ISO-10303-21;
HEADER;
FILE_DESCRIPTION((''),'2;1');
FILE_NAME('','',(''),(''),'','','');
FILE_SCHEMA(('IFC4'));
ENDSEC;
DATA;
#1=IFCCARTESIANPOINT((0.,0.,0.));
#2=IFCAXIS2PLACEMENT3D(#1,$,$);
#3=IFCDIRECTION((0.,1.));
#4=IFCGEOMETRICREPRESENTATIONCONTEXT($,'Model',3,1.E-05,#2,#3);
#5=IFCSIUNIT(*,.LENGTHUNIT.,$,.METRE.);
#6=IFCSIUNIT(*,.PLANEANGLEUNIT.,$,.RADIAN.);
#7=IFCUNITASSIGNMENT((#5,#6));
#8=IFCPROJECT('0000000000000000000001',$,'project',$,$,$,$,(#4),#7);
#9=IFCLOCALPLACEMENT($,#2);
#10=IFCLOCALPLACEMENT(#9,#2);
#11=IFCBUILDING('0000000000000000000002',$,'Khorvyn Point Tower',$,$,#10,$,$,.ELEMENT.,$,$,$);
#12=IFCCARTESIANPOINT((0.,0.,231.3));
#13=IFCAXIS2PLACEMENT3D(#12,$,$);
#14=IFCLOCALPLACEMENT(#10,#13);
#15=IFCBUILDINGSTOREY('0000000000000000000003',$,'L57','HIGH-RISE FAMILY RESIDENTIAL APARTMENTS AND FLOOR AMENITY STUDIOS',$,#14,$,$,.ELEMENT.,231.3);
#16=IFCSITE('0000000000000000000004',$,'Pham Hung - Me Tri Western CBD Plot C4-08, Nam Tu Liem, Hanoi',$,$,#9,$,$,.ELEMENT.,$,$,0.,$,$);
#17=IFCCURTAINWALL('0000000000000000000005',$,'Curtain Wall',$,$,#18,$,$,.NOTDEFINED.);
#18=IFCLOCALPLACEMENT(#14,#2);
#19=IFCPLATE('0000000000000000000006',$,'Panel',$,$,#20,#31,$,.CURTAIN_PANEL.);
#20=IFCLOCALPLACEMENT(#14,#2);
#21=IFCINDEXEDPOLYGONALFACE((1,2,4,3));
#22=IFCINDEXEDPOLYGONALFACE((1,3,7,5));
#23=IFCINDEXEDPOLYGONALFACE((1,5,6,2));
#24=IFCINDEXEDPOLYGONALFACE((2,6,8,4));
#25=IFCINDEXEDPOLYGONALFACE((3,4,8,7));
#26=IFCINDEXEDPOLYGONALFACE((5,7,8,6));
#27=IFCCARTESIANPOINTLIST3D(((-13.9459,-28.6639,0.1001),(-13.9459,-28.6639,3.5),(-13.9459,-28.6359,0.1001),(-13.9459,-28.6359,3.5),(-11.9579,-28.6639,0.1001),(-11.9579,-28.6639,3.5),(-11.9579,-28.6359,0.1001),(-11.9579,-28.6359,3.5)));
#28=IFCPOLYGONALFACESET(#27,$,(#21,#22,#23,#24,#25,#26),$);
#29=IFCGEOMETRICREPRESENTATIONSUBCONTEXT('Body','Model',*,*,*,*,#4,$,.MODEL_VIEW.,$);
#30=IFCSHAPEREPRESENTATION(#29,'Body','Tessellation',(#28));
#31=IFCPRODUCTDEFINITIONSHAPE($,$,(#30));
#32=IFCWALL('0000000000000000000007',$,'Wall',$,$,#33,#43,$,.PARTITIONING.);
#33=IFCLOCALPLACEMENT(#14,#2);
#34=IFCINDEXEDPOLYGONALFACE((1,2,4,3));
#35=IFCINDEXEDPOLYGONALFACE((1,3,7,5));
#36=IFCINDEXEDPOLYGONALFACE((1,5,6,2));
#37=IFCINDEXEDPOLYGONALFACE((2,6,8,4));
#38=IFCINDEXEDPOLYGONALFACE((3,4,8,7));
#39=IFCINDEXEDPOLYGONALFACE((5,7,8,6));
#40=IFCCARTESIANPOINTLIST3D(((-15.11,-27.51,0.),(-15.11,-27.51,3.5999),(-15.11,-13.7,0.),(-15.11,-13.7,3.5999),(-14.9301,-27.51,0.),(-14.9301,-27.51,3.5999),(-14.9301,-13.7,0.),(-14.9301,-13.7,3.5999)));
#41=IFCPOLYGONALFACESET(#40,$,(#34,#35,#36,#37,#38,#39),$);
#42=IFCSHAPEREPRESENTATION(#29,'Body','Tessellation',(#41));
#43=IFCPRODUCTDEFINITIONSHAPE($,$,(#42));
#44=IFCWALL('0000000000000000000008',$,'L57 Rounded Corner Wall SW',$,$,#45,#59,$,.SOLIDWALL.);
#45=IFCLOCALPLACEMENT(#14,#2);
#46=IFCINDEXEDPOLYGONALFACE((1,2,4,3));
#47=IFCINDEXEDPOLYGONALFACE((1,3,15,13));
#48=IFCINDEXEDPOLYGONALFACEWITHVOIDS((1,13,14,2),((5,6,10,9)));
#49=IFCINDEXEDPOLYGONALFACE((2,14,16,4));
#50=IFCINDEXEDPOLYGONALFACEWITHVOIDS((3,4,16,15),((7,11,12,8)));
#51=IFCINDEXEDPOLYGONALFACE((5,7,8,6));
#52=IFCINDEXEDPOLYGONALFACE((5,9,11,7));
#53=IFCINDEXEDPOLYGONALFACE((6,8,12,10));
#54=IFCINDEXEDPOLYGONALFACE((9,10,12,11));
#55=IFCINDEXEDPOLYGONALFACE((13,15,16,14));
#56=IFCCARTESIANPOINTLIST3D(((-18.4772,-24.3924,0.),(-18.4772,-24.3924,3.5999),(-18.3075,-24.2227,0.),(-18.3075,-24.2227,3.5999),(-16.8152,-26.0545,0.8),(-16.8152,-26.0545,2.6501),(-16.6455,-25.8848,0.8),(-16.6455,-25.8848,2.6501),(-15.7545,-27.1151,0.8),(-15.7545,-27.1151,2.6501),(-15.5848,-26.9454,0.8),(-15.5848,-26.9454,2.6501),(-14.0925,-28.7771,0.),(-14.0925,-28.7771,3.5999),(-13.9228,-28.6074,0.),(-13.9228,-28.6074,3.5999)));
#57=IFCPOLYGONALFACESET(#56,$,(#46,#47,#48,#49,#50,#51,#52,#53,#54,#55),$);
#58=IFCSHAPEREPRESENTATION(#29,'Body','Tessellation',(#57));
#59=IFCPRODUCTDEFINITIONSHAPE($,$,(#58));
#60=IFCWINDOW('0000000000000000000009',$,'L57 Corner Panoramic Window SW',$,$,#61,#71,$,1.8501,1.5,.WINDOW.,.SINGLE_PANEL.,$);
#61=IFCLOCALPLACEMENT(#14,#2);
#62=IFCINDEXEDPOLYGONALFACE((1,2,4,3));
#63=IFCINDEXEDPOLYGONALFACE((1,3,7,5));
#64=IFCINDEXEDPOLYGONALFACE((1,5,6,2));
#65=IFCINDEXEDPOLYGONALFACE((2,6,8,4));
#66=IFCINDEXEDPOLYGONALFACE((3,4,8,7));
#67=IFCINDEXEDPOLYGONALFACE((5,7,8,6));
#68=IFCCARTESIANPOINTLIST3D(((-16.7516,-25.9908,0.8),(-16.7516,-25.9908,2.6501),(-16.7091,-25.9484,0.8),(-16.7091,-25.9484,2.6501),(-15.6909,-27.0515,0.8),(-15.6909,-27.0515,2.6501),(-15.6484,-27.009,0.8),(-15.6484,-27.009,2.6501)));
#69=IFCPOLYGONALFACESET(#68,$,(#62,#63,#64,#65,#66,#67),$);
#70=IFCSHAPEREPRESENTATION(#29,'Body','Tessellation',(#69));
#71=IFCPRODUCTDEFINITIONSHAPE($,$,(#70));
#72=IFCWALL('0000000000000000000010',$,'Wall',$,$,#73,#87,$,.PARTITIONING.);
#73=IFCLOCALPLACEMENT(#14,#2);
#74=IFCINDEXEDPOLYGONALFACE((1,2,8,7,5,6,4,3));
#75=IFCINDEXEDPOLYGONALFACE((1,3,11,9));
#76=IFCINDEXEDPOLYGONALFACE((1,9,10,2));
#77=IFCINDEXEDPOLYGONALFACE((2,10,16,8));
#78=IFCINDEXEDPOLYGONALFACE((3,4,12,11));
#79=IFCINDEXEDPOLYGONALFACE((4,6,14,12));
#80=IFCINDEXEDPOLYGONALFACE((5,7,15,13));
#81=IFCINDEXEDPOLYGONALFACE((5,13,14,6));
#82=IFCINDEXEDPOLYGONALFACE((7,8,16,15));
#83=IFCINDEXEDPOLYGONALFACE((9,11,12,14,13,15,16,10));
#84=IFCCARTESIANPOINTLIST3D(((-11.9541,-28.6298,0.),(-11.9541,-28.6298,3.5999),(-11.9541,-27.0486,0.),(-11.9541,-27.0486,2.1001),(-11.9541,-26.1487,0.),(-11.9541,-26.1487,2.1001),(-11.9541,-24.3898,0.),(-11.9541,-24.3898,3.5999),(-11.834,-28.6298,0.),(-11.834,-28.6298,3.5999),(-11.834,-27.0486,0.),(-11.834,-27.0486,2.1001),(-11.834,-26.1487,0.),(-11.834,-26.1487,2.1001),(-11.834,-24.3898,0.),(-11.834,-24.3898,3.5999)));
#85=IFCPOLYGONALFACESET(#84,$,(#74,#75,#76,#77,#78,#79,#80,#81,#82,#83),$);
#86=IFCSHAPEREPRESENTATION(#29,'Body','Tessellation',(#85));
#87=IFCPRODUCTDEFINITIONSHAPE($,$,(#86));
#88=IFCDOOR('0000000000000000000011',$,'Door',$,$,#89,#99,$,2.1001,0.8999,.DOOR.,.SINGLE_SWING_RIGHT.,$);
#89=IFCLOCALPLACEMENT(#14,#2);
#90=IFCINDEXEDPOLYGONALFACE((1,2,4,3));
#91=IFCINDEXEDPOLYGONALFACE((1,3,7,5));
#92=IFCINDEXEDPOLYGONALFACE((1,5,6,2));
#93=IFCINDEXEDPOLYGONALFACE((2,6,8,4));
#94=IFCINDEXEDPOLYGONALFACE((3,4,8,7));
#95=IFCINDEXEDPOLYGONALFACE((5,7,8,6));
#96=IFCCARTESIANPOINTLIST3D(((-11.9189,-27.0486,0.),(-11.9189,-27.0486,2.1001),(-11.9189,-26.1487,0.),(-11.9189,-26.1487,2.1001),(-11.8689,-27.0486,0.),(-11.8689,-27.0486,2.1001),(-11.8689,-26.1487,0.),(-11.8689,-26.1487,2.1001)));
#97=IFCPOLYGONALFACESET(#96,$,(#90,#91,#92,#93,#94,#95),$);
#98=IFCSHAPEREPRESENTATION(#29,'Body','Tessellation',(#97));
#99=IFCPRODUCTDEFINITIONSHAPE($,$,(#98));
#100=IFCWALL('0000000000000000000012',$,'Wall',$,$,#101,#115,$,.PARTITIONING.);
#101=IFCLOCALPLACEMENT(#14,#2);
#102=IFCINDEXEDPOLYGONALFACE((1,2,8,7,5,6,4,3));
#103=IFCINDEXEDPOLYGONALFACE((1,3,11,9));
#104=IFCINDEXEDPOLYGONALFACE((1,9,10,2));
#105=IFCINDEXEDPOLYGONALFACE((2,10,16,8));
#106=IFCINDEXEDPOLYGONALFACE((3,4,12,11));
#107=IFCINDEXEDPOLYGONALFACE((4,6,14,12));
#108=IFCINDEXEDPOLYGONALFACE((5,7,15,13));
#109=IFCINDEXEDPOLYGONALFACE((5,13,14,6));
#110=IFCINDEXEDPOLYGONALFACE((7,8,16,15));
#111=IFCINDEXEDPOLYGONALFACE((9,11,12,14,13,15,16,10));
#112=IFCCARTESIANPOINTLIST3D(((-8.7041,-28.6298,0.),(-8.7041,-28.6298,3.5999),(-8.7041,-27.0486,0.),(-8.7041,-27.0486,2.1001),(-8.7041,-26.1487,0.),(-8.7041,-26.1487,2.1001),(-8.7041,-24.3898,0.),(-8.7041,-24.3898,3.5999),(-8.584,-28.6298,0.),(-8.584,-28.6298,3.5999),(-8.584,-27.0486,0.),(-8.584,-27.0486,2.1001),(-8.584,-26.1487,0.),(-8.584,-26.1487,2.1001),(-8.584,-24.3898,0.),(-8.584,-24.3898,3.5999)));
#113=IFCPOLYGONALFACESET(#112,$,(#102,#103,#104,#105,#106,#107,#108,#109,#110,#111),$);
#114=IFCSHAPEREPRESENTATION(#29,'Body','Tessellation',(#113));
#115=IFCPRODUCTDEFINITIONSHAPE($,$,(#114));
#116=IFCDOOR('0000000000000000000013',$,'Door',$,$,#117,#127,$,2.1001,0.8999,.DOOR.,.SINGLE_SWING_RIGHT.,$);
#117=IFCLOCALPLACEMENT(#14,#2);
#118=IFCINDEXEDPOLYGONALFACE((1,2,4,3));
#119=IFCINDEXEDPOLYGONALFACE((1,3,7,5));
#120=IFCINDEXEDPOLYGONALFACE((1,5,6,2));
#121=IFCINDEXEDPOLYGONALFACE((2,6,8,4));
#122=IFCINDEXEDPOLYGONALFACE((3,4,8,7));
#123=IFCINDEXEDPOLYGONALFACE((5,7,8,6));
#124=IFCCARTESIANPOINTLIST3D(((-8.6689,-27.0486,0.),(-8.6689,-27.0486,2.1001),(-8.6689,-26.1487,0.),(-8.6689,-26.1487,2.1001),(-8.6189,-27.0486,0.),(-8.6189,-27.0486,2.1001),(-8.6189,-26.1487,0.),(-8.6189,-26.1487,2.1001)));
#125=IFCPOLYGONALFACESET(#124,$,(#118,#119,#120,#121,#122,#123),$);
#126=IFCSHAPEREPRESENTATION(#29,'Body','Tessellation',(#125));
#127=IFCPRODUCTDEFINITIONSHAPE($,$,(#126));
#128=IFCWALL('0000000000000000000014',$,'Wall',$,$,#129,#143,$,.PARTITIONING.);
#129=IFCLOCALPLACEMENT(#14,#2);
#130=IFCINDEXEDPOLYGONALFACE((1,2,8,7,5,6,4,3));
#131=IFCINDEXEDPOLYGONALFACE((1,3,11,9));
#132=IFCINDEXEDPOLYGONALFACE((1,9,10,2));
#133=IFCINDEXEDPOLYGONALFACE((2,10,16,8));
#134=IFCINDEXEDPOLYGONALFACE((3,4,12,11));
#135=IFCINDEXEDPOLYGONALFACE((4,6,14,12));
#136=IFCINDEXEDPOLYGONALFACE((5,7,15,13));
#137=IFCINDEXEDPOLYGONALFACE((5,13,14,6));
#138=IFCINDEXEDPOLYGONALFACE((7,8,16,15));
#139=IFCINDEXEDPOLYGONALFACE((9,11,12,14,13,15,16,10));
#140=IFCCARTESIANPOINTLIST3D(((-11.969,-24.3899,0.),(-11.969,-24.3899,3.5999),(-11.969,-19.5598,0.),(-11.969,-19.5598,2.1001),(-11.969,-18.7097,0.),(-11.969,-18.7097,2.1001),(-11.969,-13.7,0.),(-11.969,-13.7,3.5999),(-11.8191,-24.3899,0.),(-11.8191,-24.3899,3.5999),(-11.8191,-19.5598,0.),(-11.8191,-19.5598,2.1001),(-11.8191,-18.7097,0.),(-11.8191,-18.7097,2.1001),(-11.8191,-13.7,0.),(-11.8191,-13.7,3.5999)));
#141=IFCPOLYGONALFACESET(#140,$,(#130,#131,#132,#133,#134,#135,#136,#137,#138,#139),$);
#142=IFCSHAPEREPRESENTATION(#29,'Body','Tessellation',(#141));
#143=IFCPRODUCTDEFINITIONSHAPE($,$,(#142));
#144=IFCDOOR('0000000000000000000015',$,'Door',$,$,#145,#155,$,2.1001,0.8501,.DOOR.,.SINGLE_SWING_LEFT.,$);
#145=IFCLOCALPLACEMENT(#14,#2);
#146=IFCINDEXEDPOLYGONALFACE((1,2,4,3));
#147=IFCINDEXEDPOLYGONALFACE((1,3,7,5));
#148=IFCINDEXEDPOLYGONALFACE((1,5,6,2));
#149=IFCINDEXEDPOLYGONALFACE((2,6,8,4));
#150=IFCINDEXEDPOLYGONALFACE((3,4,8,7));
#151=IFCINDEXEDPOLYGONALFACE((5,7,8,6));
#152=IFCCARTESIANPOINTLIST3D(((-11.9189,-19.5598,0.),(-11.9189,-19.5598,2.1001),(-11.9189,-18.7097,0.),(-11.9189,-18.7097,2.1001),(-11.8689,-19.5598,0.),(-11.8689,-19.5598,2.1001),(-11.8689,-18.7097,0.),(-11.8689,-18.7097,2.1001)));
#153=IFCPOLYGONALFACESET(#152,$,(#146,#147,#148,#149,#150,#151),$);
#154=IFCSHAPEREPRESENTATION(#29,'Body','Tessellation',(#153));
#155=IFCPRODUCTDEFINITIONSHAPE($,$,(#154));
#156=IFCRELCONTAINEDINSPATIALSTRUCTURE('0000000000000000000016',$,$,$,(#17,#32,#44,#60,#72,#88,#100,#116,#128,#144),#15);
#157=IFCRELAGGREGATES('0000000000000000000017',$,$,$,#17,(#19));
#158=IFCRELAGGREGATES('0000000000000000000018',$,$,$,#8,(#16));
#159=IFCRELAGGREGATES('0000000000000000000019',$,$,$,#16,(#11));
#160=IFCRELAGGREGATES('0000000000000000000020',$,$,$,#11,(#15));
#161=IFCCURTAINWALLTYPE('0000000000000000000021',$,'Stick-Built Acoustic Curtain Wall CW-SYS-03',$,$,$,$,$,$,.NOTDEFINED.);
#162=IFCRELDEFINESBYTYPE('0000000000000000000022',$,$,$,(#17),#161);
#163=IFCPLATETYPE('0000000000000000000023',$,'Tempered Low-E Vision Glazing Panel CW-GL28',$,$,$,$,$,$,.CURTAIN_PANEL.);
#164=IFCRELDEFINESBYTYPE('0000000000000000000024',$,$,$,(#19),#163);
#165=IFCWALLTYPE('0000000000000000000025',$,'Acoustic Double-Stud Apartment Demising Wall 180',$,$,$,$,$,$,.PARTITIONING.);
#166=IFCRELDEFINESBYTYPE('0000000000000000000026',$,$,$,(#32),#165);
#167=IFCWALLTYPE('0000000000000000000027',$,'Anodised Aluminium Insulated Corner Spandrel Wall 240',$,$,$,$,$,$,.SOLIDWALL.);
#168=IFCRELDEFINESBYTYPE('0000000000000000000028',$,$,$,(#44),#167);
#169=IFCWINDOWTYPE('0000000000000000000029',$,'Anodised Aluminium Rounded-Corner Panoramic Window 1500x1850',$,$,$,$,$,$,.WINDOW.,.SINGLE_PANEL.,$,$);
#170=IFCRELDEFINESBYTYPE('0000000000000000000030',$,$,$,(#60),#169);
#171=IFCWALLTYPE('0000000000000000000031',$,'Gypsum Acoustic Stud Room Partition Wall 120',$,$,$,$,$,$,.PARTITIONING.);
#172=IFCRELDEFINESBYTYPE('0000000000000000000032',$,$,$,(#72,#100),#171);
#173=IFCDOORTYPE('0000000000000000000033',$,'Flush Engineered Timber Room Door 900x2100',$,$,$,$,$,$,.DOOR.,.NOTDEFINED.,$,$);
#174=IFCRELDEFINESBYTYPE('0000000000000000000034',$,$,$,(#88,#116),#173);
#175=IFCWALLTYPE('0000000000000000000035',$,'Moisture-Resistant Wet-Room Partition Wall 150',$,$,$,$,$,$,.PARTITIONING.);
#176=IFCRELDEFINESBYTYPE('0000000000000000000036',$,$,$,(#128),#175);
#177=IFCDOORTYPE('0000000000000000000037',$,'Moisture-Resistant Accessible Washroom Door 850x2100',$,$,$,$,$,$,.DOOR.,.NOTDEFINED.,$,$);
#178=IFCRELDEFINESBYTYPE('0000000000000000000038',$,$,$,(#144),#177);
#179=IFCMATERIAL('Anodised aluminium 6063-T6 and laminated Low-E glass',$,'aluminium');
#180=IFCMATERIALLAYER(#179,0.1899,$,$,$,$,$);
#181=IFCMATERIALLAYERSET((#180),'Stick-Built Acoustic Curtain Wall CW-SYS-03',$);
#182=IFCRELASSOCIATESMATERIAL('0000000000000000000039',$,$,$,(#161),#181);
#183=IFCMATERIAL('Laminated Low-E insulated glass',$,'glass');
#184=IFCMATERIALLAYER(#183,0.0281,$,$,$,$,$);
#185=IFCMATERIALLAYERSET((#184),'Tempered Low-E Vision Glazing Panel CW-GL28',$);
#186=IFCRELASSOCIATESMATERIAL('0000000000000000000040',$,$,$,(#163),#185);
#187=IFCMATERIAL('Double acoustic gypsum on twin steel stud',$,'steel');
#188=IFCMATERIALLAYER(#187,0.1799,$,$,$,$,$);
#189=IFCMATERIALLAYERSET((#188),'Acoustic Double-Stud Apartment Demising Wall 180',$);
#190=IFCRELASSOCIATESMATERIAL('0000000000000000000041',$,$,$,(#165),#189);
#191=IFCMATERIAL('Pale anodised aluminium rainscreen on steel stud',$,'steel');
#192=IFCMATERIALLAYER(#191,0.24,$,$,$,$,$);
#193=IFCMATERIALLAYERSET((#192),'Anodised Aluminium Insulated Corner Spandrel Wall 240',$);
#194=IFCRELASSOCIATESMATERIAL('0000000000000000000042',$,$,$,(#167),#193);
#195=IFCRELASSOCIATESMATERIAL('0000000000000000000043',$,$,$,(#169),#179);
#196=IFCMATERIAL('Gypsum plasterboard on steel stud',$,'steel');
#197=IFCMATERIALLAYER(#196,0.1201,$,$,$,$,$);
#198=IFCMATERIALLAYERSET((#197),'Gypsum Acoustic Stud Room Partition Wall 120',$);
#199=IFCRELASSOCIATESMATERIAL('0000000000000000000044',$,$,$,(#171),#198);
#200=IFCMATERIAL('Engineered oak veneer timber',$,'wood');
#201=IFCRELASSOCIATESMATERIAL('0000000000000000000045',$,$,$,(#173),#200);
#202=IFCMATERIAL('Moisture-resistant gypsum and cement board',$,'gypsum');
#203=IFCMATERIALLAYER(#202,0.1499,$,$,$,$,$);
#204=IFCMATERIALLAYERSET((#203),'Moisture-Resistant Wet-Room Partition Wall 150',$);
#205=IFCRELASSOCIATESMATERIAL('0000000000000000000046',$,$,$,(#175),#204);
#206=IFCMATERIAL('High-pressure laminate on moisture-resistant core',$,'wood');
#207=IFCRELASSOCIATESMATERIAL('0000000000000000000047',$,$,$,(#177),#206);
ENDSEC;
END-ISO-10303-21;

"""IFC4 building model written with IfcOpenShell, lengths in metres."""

from ifc_helpers import new_model, si_unit, direction, frame, frame_2d, origin, origin_2d, place, context, subcontext, project, spatial, rectangle, extrude, material, layer, layer_set, type_object, element, fill, aggregate, save


model = new_model("IFC4")

# Units and contexts
model_context = context("Model", 3, precision=1e-05, world=origin(), true_north=direction((0.0, 1.0)))
body_context = subcontext(model_context, "Body", "Model", "MODEL_VIEW")
ifc_project = project(units=[si_unit("LENGTHUNIT", "METRE"), si_unit("PLANEANGLEUNIT", "RADIAN")], contexts=[model_context])

# Site, building, storey
site_placement = place(None, origin())
site = spatial("IfcSite", under=ifc_project, at=site_placement, Name="Pham Hung - Me Tri Western CBD Plot C4-08, Nam Tu Liem, Hanoi", CompositionType="ELEMENT", RefElevation=0.0)
building_placement = place(site_placement, origin())
building = spatial("IfcBuilding", under=site, at=building_placement, Name="Khorvyn Point Tower", CompositionType="ELEMENT")
storey_placement = place(building_placement, frame((0.0, 0.0, 231.3)))
storey = spatial("IfcBuildingStorey", under=building, at=storey_placement, Name="L57", Description="HIGH-RISE FAMILY RESIDENTIAL APARTMENTS AND FLOOR AMENITY STUDIOS", CompositionType="ELEMENT", Elevation=231.3)

# Curtain wall
ifc_material_1 = material(Name="Anodised aluminium 6063-T6 and laminated Low-E glass", Category="aluminium")
ifc_layer_1 = layer(ifc_material_1, 0.1899)
ifc_layer_set_1 = layer_set([ifc_layer_1], Name="Stick-Built Acoustic Curtain Wall CW-SYS-03")
curtain_wall_type = type_object("IfcCurtainWallType", Name="Stick-Built Acoustic Curtain Wall CW-SYS-03", PredefinedType="NOTDEFINED", material=ifc_layer_set_1)
curtain_wall_1_placement = place(storey_placement, origin())
curtain_wall_1 = element("IfcCurtainWall", 1, at=curtain_wall_1_placement, inside=storey, type_object=curtain_wall_type, Name="Curtain Wall", PredefinedType="NOTDEFINED")

# Plate
ifc_material_2 = material(Name="Laminated Low-E insulated glass", Category="glass")
ifc_layer_2 = layer(ifc_material_2, 0.0281)
ifc_layer_set_2 = layer_set([ifc_layer_2], Name="Tempered Low-E Vision Glazing Panel CW-GL28")
plate_type = type_object("IfcPlateType", Name="Tempered Low-E Vision Glazing Panel CW-GL28", PredefinedType="CURTAIN_PANEL", material=ifc_layer_set_2)
plate_placement = place(storey_placement, frame((-12.9519, -28.6499, 0.1001), z_axis=(0.0, 0.0, 1.0), x_axis=(-1.0, 0.0, 0.0)))
plate = element("IfcPlate", 2, at=plate_placement, type_object=plate_type, Name="Panel", PredefinedType="CURTAIN_PANEL", context=body_context, shape_type="SweptSolid", body=[
    extrude(rectangle(XDim=1.988, YDim=0.0281, at=origin_2d()), origin(), (0.0, 0.0, 1.0), 3.3999),
])
aggregate(curtain_wall_1, [plate])

# Wall
ifc_material_3 = material(Name="Double acoustic gypsum on twin steel stud", Category="steel")
ifc_layer_3 = layer(ifc_material_3, 0.1799)
ifc_layer_set_3 = layer_set([ifc_layer_3], Name="Acoustic Double-Stud Apartment Demising Wall 180")
wall_type_1 = type_object("IfcWallType", Name="Acoustic Double-Stud Apartment Demising Wall 180", PredefinedType="PARTITIONING", material=ifc_layer_set_3)
wall_1_placement = place(storey_placement, frame((-15.02, -27.51, 0.0), z_axis=(0.0, 0.0, 1.0), x_axis=(0.0, 1.0, 0.0)))
element("IfcWall", 3, at=wall_1_placement, inside=storey, type_object=wall_type_1, Name="Wall", PredefinedType="PARTITIONING", context=body_context, shape_type="SweptSolid", body=[
    extrude(rectangle(XDim=13.8101, YDim=0.1799, at=frame_2d((6.905, 0.0))), origin(), (0.0, 0.0, 1.0), 3.5999),
])

# Wall, opening, window
ifc_material_4 = material(Name="Pale anodised aluminium rainscreen on steel stud", Category="steel")
ifc_layer_4 = layer(ifc_material_4, 0.24)
ifc_layer_set_4 = layer_set([ifc_layer_4], Name="Anodised Aluminium Insulated Corner Spandrel Wall 240")
wall_type_2 = type_object("IfcWallType", Name="Anodised Aluminium Insulated Corner Spandrel Wall 240", PredefinedType="SOLIDWALL", material=ifc_layer_set_4)
wall_2_placement = place(storey_placement, frame((-14.0076, -28.6924, 0.0), z_axis=(0.0, 0.0, 1.0), x_axis=(-0.707107, 0.707107, 0.0)))
wall_2 = element("IfcWall", 4, at=wall_2_placement, inside=storey, type_object=wall_type_2, Name="L57 Rounded Corner Wall SW", PredefinedType="SOLIDWALL", context=body_context, shape_type="SweptSolid", body=[
    extrude(rectangle(XDim=6.2009, YDim=0.24, at=frame_2d((3.1006, 0.0))), origin(), (0.0, 0.0, 1.0), 3.5999),
])
opening_1_placement = place(wall_2_placement, frame((2.3506, 0.0, 0.8)))
opening_1 = element("IfcOpeningElement", 5, at=opening_1_placement, cuts=wall_2, PredefinedType="OPENING", context=body_context, shape_type="SweptSolid", body=[
    extrude(rectangle(XDim=1.5, YDim=1.8501, at=frame_2d((0.75, 0.925))), frame((0.0, 0.1299, 0.0), z_axis=(0.0, -1.0, 0.0), x_axis=(1.0, 0.0, 0.0)), (0.0, 0.0, 1.0), 0.26),
])
window_type = type_object("IfcWindowType", Name="Anodised Aluminium Rounded-Corner Panoramic Window 1500x1850", PartitioningType="SINGLE_PANEL", PredefinedType="WINDOW", material=ifc_material_1)
window_placement = place(opening_1_placement, origin())
window = element("IfcWindow", 6, at=window_placement, inside=storey, type_object=window_type, Name="L57 Corner Panoramic Window SW", OverallHeight=1.8501, OverallWidth=1.5, PartitioningType="SINGLE_PANEL", PredefinedType="WINDOW", context=body_context, shape_type="SweptSolid", body=[
    extrude(rectangle(XDim=1.5, YDim=1.8501, at=frame_2d((0.75, 0.925))), frame((0.0, 0.03, 0.0), z_axis=(0.0, -1.0, 0.0), x_axis=(1.0, 0.0, 0.0)), (0.0, 0.0, 1.0), 0.0601),
])
fill(opening_1, window)

# Walls, openings, doors
ifc_material_5 = material(Name="Gypsum plasterboard on steel stud", Category="steel")
ifc_layer_5 = layer(ifc_material_5, 0.1201)
ifc_layer_set_5 = layer_set([ifc_layer_5], Name="Gypsum Acoustic Stud Room Partition Wall 120")
wall_type_3 = type_object("IfcWallType", Name="Gypsum Acoustic Stud Room Partition Wall 120", PredefinedType="PARTITIONING", material=ifc_layer_set_5)
wall_3_placement = place(storey_placement, frame((-11.894, -28.6299, 0.0), z_axis=(0.0, 0.0, 1.0), x_axis=(0.0, 1.0, 0.0)))
wall_3 = element("IfcWall", 7, at=wall_3_placement, inside=storey, type_object=wall_type_3, Name="Wall", PredefinedType="PARTITIONING", context=body_context, shape_type="SweptSolid", body=[
    extrude(rectangle(XDim=4.24, YDim=0.1201, at=frame_2d((2.1201, 0.0))), origin(), (0.0, 0.0, 1.0), 3.5999),
])
opening_2_placement = place(wall_3_placement, frame((1.5813, 0.0, 0.0)))
opening_2 = element("IfcOpeningElement", 8, at=opening_2_placement, cuts=wall_3, PredefinedType="OPENING", context=body_context, shape_type="SweptSolid", body=[
    extrude(rectangle(XDim=0.8999, YDim=2.1001, at=frame_2d((0.45, 1.05))), frame((0.0, 0.0701, 0.0), z_axis=(0.0, -1.0, 0.0), x_axis=(1.0, 0.0, 0.0)), (0.0, 0.0, 1.0), 0.1401),
])
ifc_material_6 = material(Name="Engineered oak veneer timber", Category="wood")
door_type_1 = type_object("IfcDoorType", Name="Flush Engineered Timber Room Door 900x2100", OperationType="NOTDEFINED", PredefinedType="DOOR", material=ifc_material_6)
door_1_placement = place(opening_2_placement, origin())
door_1 = element("IfcDoor", 9, at=door_1_placement, inside=storey, type_object=door_type_1, Name="Door", OperationType="SINGLE_SWING_RIGHT", OverallHeight=2.1001, OverallWidth=0.8999, PredefinedType="DOOR", context=body_context, shape_type="SweptSolid", body=[
    extrude(rectangle(XDim=0.8999, YDim=2.1001, at=frame_2d((0.45, 1.05))), frame((0.0, 0.0249, 0.0), z_axis=(0.0, -1.0, 0.0), x_axis=(1.0, 0.0, 0.0)), (0.0, 0.0, 1.0), 0.05),
])
fill(opening_2, door_1)
wall_4_placement = place(storey_placement, frame((-8.644, -28.6299, 0.0), z_axis=(0.0, 0.0, 1.0), x_axis=(0.0, 1.0, 0.0)))
wall_4 = element("IfcWall", 10, at=wall_4_placement, inside=storey, type_object=wall_type_3, Name="Wall", PredefinedType="PARTITIONING", context=body_context, shape_type="SweptSolid", body=[
    extrude(rectangle(XDim=4.24, YDim=0.1201, at=frame_2d((2.1201, 0.0))), origin(), (0.0, 0.0, 1.0), 3.5999),
])
opening_3_placement = place(wall_4_placement, frame((1.5813, 0.0, 0.0)))
opening_3 = element("IfcOpeningElement", 11, at=opening_3_placement, cuts=wall_4, PredefinedType="OPENING", context=body_context, shape_type="SweptSolid", body=[
    extrude(rectangle(XDim=0.8999, YDim=2.1001, at=frame_2d((0.45, 1.05))), frame((0.0, 0.0701, 0.0), z_axis=(0.0, -1.0, 0.0), x_axis=(1.0, 0.0, 0.0)), (0.0, 0.0, 1.0), 0.1401),
])
door_2_placement = place(opening_3_placement, origin())
door_2 = element("IfcDoor", 12, at=door_2_placement, inside=storey, type_object=door_type_1, Name="Door", OperationType="SINGLE_SWING_RIGHT", OverallHeight=2.1001, OverallWidth=0.8999, PredefinedType="DOOR", context=body_context, shape_type="SweptSolid", body=[
    extrude(rectangle(XDim=0.8999, YDim=2.1001, at=frame_2d((0.45, 1.05))), frame((0.0, 0.0249, 0.0), z_axis=(0.0, -1.0, 0.0), x_axis=(1.0, 0.0, 0.0)), (0.0, 0.0, 1.0), 0.05),
])
fill(opening_3, door_2)
ifc_material_7 = material(Name="Moisture-resistant gypsum and cement board", Category="gypsum")
ifc_layer_6 = layer(ifc_material_7, 0.1499)
ifc_layer_set_6 = layer_set([ifc_layer_6], Name="Moisture-Resistant Wet-Room Partition Wall 150")
wall_type_4 = type_object("IfcWallType", Name="Moisture-Resistant Wet-Room Partition Wall 150", PredefinedType="PARTITIONING", material=ifc_layer_set_6)
wall_5_placement = place(storey_placement, frame((-11.894, -24.3899, 0.0), z_axis=(0.0, 0.0, 1.0), x_axis=(0.0, 1.0, 0.0)))
wall_5 = element("IfcWall", 13, at=wall_5_placement, inside=storey, type_object=wall_type_4, Name="Wall", PredefinedType="PARTITIONING", context=body_context, shape_type="SweptSolid", body=[
    extrude(rectangle(XDim=10.6899, YDim=0.1499, at=frame_2d((5.345, 0.0))), origin(), (0.0, 0.0, 1.0), 3.5999),
])
opening_4_placement = place(wall_5_placement, frame((4.8301, 0.0, 0.0)))
opening_4 = element("IfcOpeningElement", 14, at=opening_4_placement, cuts=wall_5, PredefinedType="OPENING", context=body_context, shape_type="SweptSolid", body=[
    extrude(rectangle(XDim=0.8501, YDim=2.1001, at=frame_2d((0.425, 1.05))), frame((0.0, 0.085, 0.0), z_axis=(0.0, -1.0, 0.0), x_axis=(1.0, 0.0, 0.0)), (0.0, 0.0, 1.0), 0.1699),
])
ifc_material_8 = material(Name="High-pressure laminate on moisture-resistant core", Category="wood")
door_type_2 = type_object("IfcDoorType", Name="Moisture-Resistant Accessible Washroom Door 850x2100", OperationType="NOTDEFINED", PredefinedType="DOOR", material=ifc_material_8)
door_3_placement = place(opening_4_placement, origin())
door_3 = element("IfcDoor", 15, at=door_3_placement, inside=storey, type_object=door_type_2, Name="Door", OperationType="SINGLE_SWING_LEFT", OverallHeight=2.1001, OverallWidth=0.8501, PredefinedType="DOOR", context=body_context, shape_type="SweptSolid", body=[
    extrude(rectangle(XDim=0.8501, YDim=2.1001, at=frame_2d((0.425, 1.05))), frame((0.0, 0.0249, 0.0), z_axis=(0.0, -1.0, 0.0), x_axis=(1.0, 0.0, 0.0)), (0.0, 0.0, 1.0), 0.05),
])
fill(opening_4, door_3)

save(model, "model.ifc")
